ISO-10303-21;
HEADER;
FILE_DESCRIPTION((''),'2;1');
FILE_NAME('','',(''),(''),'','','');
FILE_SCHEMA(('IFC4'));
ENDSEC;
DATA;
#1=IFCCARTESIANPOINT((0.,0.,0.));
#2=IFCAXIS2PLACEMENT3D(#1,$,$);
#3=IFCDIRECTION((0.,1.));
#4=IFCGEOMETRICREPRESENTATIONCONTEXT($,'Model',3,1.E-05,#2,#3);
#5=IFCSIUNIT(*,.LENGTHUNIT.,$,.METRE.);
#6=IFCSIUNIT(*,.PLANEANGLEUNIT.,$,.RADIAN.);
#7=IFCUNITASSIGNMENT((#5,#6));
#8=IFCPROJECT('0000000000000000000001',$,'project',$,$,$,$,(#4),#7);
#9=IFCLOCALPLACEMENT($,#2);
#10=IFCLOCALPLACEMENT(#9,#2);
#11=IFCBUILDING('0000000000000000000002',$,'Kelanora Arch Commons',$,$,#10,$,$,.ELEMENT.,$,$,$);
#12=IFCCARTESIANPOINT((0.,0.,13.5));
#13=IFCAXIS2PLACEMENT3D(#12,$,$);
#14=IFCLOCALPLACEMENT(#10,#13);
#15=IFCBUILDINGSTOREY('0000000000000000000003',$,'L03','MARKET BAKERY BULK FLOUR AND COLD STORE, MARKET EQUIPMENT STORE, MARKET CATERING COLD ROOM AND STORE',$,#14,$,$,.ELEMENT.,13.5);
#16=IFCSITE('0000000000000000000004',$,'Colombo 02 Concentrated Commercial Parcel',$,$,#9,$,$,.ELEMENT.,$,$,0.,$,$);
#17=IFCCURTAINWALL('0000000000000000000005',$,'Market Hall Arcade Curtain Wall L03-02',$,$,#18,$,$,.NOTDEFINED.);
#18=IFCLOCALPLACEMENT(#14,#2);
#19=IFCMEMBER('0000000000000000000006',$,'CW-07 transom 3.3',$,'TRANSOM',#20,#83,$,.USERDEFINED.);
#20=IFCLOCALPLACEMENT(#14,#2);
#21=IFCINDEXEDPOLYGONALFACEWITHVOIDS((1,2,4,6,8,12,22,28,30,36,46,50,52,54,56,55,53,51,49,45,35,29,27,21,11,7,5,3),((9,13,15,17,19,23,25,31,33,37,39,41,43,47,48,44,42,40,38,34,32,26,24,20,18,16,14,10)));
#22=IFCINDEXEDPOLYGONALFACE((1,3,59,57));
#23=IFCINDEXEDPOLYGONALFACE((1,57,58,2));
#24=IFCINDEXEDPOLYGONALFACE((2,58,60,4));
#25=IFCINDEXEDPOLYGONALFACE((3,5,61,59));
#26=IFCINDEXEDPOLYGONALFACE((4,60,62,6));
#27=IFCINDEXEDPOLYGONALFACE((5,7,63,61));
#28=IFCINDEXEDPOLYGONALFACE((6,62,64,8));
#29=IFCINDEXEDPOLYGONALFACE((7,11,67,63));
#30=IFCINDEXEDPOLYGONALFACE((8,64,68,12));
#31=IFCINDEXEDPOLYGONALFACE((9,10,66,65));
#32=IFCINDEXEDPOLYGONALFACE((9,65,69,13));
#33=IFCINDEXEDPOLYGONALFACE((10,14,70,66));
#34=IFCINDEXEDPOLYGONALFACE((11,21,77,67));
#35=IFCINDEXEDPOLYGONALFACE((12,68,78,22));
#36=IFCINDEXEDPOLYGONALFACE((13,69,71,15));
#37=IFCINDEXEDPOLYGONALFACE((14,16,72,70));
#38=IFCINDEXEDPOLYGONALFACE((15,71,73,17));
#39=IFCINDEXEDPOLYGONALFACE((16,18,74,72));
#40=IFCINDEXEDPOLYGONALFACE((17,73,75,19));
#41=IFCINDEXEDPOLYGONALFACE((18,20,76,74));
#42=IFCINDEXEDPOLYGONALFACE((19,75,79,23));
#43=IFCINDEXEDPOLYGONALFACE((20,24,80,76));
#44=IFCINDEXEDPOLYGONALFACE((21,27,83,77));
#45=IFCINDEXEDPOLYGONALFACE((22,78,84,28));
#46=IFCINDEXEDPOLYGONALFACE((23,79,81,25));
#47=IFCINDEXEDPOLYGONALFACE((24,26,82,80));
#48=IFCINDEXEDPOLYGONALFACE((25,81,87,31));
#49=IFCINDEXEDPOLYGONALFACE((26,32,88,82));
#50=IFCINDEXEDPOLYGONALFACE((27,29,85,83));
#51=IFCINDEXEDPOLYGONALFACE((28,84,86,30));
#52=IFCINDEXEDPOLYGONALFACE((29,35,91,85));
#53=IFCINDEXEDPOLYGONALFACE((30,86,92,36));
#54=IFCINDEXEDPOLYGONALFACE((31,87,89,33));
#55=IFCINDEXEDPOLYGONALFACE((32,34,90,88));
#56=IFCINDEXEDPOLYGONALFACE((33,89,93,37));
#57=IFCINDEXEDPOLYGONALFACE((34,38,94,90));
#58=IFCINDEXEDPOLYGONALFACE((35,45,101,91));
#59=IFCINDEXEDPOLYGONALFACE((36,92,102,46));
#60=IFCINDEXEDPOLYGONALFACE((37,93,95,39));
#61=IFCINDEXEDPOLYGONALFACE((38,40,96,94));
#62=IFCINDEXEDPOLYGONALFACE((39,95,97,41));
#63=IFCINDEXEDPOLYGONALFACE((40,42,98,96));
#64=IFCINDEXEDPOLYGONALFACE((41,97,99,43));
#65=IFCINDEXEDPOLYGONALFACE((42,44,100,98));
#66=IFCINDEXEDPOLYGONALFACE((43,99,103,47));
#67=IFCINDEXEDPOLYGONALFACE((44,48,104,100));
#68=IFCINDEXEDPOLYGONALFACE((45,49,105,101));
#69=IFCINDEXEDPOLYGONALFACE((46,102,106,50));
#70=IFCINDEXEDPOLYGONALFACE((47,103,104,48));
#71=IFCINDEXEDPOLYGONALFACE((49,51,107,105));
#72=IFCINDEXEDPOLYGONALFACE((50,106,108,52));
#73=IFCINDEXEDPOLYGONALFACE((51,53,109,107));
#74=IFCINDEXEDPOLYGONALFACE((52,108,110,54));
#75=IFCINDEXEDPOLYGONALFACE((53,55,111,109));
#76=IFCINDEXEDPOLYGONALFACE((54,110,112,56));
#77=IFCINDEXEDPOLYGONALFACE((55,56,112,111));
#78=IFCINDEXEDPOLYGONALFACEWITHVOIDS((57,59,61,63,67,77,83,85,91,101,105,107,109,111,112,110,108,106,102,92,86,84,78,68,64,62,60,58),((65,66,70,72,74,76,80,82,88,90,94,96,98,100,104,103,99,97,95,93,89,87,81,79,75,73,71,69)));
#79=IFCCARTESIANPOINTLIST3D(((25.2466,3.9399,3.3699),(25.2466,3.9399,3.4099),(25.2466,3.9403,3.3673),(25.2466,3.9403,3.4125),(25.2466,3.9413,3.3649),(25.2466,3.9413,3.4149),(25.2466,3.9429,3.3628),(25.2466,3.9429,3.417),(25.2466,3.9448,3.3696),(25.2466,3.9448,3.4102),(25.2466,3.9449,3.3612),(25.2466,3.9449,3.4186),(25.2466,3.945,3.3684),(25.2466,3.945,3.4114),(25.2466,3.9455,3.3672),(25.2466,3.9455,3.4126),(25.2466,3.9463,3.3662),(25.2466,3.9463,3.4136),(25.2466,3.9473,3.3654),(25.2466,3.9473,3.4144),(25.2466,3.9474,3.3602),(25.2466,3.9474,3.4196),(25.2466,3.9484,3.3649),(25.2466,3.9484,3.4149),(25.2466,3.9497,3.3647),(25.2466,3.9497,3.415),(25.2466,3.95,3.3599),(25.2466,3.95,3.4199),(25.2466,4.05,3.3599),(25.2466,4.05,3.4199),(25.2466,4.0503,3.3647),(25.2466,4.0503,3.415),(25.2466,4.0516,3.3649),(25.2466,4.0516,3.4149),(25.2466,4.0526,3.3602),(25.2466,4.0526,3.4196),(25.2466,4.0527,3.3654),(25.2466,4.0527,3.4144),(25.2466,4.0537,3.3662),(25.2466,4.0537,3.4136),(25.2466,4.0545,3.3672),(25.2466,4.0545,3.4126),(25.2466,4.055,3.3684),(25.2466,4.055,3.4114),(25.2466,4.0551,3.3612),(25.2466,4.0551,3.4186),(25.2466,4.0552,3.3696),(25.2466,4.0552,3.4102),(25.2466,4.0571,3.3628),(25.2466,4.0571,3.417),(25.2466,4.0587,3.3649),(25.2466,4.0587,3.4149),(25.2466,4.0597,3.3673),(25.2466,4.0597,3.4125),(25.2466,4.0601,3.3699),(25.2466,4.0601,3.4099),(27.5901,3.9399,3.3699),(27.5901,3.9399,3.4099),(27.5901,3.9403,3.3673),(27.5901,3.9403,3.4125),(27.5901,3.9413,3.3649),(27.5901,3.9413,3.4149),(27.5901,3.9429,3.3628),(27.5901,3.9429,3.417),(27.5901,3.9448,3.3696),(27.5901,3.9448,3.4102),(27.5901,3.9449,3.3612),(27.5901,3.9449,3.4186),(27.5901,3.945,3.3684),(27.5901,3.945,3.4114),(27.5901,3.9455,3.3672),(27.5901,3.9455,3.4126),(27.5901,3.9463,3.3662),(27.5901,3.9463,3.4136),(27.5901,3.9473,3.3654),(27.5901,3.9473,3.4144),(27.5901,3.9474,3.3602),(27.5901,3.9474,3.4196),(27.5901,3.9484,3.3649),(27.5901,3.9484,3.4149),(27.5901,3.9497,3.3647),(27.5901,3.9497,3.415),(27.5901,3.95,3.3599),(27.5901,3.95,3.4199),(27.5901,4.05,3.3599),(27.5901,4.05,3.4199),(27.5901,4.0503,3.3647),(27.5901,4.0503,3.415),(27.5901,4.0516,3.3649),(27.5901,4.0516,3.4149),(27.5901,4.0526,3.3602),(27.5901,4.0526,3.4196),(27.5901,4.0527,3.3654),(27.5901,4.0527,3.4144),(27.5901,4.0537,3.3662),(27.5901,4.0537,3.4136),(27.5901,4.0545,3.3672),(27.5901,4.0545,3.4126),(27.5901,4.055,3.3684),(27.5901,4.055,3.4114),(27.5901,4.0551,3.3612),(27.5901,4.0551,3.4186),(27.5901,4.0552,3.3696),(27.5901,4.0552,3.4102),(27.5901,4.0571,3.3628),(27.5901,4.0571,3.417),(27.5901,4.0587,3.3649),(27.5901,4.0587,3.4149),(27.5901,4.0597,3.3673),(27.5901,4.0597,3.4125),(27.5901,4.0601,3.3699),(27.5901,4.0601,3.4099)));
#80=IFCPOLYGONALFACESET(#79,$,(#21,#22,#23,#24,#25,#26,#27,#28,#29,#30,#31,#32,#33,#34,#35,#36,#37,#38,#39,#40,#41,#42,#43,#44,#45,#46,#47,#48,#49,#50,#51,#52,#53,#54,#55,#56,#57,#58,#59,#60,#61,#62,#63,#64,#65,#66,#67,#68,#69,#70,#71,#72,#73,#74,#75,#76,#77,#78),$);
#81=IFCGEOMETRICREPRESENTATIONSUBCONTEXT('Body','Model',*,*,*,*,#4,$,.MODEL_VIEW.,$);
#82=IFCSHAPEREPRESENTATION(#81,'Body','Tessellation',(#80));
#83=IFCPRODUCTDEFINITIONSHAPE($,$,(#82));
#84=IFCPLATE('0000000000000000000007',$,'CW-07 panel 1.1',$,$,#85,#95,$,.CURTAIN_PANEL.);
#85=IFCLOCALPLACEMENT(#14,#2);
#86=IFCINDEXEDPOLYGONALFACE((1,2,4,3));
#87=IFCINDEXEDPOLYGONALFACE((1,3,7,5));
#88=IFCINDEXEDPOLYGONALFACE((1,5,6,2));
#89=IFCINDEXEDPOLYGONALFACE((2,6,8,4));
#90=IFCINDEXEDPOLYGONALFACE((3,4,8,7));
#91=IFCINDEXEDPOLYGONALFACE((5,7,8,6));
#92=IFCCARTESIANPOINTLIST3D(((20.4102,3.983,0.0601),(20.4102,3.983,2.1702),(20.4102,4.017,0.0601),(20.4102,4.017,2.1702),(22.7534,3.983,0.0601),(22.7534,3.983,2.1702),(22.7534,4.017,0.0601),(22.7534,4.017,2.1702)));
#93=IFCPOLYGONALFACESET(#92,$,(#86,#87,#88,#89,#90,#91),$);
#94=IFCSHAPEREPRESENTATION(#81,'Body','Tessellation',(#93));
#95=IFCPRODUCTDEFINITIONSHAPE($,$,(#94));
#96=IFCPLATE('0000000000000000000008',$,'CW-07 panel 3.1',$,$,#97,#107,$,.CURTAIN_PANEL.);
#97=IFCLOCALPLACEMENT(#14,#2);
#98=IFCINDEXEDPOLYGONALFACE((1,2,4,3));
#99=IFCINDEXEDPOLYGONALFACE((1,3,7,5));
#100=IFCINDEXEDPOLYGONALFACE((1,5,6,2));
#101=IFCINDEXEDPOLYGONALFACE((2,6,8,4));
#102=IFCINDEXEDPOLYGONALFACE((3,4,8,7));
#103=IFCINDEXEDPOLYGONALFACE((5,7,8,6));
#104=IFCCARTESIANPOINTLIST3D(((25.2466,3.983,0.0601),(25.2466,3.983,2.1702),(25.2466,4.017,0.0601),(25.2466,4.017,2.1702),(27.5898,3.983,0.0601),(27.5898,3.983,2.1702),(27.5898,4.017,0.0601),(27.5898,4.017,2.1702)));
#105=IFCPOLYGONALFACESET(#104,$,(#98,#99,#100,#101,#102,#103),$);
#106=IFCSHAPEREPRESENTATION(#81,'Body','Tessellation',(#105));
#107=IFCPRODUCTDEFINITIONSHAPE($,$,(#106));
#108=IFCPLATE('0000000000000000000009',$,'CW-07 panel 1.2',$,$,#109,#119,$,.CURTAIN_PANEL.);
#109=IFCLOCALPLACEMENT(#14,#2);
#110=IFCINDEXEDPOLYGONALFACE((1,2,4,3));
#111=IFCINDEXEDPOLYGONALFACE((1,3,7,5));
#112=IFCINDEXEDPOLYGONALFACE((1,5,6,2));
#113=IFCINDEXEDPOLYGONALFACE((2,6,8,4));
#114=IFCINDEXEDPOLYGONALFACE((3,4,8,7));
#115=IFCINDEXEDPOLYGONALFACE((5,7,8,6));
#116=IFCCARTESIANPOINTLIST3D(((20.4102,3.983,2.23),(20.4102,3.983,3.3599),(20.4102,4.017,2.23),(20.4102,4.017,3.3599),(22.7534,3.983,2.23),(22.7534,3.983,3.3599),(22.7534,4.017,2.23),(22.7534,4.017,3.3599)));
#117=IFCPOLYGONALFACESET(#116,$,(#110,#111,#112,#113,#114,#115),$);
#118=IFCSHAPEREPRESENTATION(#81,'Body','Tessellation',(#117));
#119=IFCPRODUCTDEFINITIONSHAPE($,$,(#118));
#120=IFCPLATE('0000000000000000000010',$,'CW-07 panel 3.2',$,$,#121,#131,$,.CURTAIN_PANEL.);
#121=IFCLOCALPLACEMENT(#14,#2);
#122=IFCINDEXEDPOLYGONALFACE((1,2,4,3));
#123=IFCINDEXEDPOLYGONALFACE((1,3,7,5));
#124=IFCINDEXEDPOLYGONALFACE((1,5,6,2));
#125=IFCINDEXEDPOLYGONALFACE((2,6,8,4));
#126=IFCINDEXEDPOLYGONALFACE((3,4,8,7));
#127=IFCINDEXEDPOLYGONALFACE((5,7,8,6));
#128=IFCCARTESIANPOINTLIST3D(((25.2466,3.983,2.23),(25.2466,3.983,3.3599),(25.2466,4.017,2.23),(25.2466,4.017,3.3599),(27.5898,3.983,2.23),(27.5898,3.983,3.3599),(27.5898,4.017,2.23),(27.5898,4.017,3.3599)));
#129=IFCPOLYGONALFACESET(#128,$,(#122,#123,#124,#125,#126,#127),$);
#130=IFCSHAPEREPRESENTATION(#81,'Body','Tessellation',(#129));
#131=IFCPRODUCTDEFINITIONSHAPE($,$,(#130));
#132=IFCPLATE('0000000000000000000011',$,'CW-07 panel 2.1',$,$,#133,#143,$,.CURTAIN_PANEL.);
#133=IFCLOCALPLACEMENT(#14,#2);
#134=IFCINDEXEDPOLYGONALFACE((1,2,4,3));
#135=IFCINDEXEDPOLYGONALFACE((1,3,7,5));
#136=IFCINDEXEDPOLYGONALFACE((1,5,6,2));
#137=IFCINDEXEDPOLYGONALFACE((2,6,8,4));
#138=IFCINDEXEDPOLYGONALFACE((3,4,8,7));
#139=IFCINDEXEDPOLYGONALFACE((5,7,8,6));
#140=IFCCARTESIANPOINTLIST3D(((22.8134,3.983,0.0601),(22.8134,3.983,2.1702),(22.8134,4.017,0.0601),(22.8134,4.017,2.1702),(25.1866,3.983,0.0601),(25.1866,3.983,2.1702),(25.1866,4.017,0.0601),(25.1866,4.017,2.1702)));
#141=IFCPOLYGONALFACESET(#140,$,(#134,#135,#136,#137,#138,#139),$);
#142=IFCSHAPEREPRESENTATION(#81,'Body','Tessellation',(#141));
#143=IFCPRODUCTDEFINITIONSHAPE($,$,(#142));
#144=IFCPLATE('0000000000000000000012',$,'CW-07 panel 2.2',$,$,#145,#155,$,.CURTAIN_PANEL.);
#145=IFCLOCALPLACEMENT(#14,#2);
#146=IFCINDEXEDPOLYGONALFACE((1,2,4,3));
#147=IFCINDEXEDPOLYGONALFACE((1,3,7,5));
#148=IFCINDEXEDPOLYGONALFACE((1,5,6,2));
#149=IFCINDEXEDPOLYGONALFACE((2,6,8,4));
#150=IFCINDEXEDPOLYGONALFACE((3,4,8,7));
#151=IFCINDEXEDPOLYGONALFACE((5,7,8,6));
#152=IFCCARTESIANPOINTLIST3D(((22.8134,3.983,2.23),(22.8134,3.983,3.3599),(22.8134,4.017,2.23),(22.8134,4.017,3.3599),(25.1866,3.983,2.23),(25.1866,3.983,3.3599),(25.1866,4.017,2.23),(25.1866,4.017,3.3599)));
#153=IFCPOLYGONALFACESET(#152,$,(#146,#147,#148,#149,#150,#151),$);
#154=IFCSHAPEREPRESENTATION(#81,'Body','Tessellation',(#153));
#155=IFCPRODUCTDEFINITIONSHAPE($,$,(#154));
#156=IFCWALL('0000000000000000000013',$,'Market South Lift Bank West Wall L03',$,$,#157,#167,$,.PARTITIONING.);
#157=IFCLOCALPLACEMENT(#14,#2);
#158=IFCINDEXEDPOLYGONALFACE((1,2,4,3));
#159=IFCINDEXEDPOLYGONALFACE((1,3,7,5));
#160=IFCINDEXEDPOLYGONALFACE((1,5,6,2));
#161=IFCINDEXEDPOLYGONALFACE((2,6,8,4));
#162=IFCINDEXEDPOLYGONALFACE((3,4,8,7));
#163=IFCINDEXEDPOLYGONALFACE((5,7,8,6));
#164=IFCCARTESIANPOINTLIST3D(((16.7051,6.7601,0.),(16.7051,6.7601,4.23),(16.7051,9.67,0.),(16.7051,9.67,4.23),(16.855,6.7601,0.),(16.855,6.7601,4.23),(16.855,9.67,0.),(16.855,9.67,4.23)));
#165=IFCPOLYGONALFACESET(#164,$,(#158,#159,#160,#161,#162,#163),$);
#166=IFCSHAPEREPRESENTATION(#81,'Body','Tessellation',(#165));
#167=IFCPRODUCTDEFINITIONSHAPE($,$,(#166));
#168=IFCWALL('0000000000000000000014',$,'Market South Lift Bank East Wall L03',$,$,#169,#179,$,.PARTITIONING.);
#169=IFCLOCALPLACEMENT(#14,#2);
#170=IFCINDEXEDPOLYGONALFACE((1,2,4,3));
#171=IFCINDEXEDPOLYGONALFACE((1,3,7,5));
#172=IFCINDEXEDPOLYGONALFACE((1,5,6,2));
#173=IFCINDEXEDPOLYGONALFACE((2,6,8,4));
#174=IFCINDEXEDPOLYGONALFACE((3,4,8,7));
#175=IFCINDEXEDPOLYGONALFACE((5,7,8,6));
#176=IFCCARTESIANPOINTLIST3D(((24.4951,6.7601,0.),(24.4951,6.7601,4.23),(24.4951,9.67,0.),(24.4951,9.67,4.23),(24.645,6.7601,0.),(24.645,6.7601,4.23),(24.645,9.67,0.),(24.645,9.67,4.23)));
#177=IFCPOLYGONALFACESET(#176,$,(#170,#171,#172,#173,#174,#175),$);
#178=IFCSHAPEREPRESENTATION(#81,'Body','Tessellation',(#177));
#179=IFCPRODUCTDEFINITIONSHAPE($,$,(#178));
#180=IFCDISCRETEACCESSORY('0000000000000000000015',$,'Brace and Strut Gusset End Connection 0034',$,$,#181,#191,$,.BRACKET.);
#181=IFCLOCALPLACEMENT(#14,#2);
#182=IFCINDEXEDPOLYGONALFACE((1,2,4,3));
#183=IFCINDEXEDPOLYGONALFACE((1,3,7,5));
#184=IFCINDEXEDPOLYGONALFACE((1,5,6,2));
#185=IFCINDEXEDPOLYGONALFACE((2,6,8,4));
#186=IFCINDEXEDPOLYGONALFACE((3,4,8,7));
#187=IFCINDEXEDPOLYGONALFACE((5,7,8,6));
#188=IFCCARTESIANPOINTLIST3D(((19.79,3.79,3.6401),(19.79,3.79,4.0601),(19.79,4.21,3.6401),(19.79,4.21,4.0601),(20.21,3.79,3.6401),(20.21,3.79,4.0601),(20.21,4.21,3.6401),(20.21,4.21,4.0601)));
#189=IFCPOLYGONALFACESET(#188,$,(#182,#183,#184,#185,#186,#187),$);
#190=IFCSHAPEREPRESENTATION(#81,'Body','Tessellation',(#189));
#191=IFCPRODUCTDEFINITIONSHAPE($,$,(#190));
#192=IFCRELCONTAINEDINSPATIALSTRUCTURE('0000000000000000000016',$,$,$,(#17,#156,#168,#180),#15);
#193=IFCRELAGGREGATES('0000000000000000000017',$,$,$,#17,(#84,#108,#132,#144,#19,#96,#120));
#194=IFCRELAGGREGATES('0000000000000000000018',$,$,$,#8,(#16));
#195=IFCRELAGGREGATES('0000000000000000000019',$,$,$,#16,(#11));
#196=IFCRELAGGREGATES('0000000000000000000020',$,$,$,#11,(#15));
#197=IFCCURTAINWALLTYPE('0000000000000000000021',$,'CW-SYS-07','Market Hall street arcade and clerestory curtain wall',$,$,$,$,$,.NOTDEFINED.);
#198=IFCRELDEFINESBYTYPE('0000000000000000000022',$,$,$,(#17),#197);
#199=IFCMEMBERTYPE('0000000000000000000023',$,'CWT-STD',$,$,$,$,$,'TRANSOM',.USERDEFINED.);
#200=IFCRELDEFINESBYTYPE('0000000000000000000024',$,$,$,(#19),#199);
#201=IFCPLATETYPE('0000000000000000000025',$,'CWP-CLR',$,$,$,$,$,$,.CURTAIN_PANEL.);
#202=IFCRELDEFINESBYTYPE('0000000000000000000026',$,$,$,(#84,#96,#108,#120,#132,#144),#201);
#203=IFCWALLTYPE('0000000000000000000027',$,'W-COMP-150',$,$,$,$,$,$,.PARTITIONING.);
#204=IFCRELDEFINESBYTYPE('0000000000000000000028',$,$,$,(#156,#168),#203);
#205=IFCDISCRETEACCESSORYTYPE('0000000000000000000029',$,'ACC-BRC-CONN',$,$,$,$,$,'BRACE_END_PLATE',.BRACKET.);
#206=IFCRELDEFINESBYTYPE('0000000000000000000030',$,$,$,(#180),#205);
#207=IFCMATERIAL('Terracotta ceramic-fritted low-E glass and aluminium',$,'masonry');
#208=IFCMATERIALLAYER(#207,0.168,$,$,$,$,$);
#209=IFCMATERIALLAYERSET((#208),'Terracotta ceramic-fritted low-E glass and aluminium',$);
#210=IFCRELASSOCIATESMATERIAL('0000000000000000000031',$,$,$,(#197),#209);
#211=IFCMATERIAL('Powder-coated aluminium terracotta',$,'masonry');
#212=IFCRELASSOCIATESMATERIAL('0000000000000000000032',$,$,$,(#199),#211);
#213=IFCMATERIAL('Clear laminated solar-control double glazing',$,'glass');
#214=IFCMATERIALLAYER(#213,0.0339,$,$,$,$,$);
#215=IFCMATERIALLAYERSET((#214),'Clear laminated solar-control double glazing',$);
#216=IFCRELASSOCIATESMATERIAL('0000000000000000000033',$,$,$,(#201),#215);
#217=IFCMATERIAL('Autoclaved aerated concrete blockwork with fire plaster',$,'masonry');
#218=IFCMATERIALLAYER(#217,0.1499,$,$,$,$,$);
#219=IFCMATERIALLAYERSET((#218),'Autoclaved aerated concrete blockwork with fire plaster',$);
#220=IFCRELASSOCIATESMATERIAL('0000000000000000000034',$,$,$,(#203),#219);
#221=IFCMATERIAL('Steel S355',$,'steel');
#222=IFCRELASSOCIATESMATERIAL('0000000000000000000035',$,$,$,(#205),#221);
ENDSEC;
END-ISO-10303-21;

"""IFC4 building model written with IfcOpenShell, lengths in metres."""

from ifc_helpers import new_model, si_unit, direction, frame, frame_2d, origin, origin_2d, place, context, subcontext, project, spatial, rectangle, hollow_rectangle, extrude, source, transform, mapped, material, layer, layer_set, material_profile, profile_set, type_object, element, aggregate, save


model = new_model("IFC4")

# Units and contexts
model_context = context("Model", 3, precision=1e-05, world=origin(), true_north=direction((0.0, 1.0)))
body_context = subcontext(model_context, "Body", "Model", "MODEL_VIEW")
ifc_project = project(units=[si_unit("LENGTHUNIT", "METRE"), si_unit("PLANEANGLEUNIT", "RADIAN")], contexts=[model_context])

# Site, building, storey
site_placement = place(None, origin())
site = spatial("IfcSite", under=ifc_project, at=site_placement, Name="Colombo 02 Concentrated Commercial Parcel", CompositionType="ELEMENT", RefElevation=0.0)
building_placement = place(site_placement, origin())
building = spatial("IfcBuilding", under=site, at=building_placement, Name="Kelanora Arch Commons", CompositionType="ELEMENT")
storey_placement = place(building_placement, frame((0.0, 0.0, 13.5)))
storey = spatial("IfcBuildingStorey", under=building, at=storey_placement, Name="L03", Description="MARKET BAKERY BULK FLOUR AND COLD STORE, MARKET EQUIPMENT STORE, MARKET CATERING COLD ROOM AND STORE", CompositionType="ELEMENT", Elevation=13.5)

# Curtain wall, member, plates
ifc_material_1 = material(Name="Terracotta ceramic-fritted low-E glass and aluminium", Category="masonry")
ifc_layer_1 = layer(ifc_material_1, 0.168)
ifc_layer_set_1 = layer_set([ifc_layer_1], Name="Terracotta ceramic-fritted low-E glass and aluminium")
curtain_wall_type = type_object("IfcCurtainWallType", Name="CW-SYS-07", Description="Market Hall street arcade and clerestory curtain wall", PredefinedType="NOTDEFINED", material=ifc_layer_set_1)
curtain_wall_placement = place(storey_placement, origin())
curtain_wall = element("IfcCurtainWall", 1, at=curtain_wall_placement, inside=storey, type_object=curtain_wall_type, Name="Market Hall Arcade Curtain Wall L03-02", PredefinedType="NOTDEFINED")
ifc_material_2 = material(Name="Powder-coated aluminium terracotta", Category="masonry")
ifc_material_profile_1 = material_profile(ifc_material_2, hollow_rectangle(XDim=0.1201, YDim=0.0601, WallThickness=0.0049, InnerFilletRadius=0.0049, OuterFilletRadius=0.01, at=origin_2d()), Name="CWT120x60")
ifc_profile_set_1 = profile_set([ifc_material_profile_1], Name="Powder-coated aluminium terracotta")
member_type_1 = type_object("IfcMemberType", Name="CWT-STD", ElementType="TRANSOM", PredefinedType="USERDEFINED", material=ifc_profile_set_1)
member_1_placement = place(storey_placement, frame((25.2466, 4.0, 3.3899), z_axis=(1.0, 0.0, 0.0), x_axis=(0.0, 1.0, 0.0)))
member_1 = element("IfcMember", 2, at=member_1_placement, type_object=member_type_1, Name="CW-07 transom 3.3", ObjectType="TRANSOM", PredefinedType="USERDEFINED", context=body_context, shape_type="SweptSolid", body=[
    extrude(hollow_rectangle(XDim=0.1201, YDim=0.0601, WallThickness=0.0049, InnerFilletRadius=0.0049, OuterFilletRadius=0.01, at=origin_2d()), origin(), (0.0, 0.0, 1.0), 2.3435),
])
ifc_material_3 = material(Name="Clear laminated solar-control double glazing", Category="glass")
ifc_layer_2 = layer(ifc_material_3, 0.0339)
ifc_layer_set_2 = layer_set([ifc_layer_2], Name="Clear laminated solar-control double glazing")
plate_type = type_object("IfcPlateType", Name="CWP-CLR", PredefinedType="CURTAIN_PANEL", material=ifc_layer_set_2)
shared_shape_1 = source(origin(), body_context, "Body", "SweptSolid", [
    extrude(rectangle(XDim=2.3433, YDim=0.0339, at=origin_2d()), origin(), (0.0, 0.0, 1.0), 2.1101),
])
plate_1_placement = place(storey_placement, frame((21.5818, 4.0, 0.0601), z_axis=(0.0, 0.0, 1.0), x_axis=(1.0, 0.0, 0.0)))
plate_1 = element("IfcPlate", 3, at=plate_1_placement, type_object=plate_type, Name="CW-07 panel 1.1", PredefinedType="CURTAIN_PANEL", context=body_context, shape_type="MappedRepresentation", body=[
    mapped(shared_shape_1, transform((0.0, 0.0, 0.0), scale=1.0)),
])
plate_2_placement = place(storey_placement, frame((26.4182, 4.0, 0.0601), z_axis=(0.0, 0.0, 1.0), x_axis=(1.0, 0.0, 0.0)))
plate_2 = element("IfcPlate", 4, at=plate_2_placement, type_object=plate_type, Name="CW-07 panel 3.1", PredefinedType="CURTAIN_PANEL", context=body_context, shape_type="MappedRepresentation", body=[
    mapped(shared_shape_1, transform((0.0, 0.0, 0.0), scale=1.0)),
])
shared_shape_2 = source(origin(), body_context, "Body", "SweptSolid", [
    extrude(rectangle(XDim=2.3433, YDim=0.0339, at=origin_2d()), origin(), (0.0, 0.0, 1.0), 1.1299),
])
plate_3_placement = place(storey_placement, frame((21.5818, 4.0, 2.23), z_axis=(0.0, 0.0, 1.0), x_axis=(1.0, 0.0, 0.0)))
plate_3 = element("IfcPlate", 5, at=plate_3_placement, type_object=plate_type, Name="CW-07 panel 1.2", PredefinedType="CURTAIN_PANEL", context=body_context, shape_type="MappedRepresentation", body=[
    mapped(shared_shape_2, transform((0.0, 0.0, 0.0), scale=1.0)),
])
plate_4_placement = place(storey_placement, frame((26.4182, 4.0, 2.23), z_axis=(0.0, 0.0, 1.0), x_axis=(1.0, 0.0, 0.0)))
plate_4 = element("IfcPlate", 6, at=plate_4_placement, type_object=plate_type, Name="CW-07 panel 3.2", PredefinedType="CURTAIN_PANEL", context=body_context, shape_type="MappedRepresentation", body=[
    mapped(shared_shape_2, transform((0.0, 0.0, 0.0), scale=1.0)),
])
shared_shape_3 = source(origin(), body_context, "Body", "SweptSolid", [
    extrude(rectangle(XDim=2.3733, YDim=0.0339, at=origin_2d()), origin(), (0.0, 0.0, 1.0), 2.1101),
])
plate_5_placement = place(storey_placement, frame((24.0, 4.0, 0.0601), z_axis=(0.0, 0.0, 1.0), x_axis=(1.0, 0.0, 0.0)))
plate_5 = element("IfcPlate", 7, at=plate_5_placement, type_object=plate_type, Name="CW-07 panel 2.1", PredefinedType="CURTAIN_PANEL", context=body_context, shape_type="MappedRepresentation", body=[
    mapped(shared_shape_3, transform((0.0, 0.0, 0.0), scale=1.0)),
])
shared_shape_4 = source(origin(), body_context, "Body", "SweptSolid", [
    extrude(rectangle(XDim=2.3733, YDim=0.0339, at=origin_2d()), origin(), (0.0, 0.0, 1.0), 1.1299),
])
plate_6_placement = place(storey_placement, frame((24.0, 4.0, 2.23), z_axis=(0.0, 0.0, 1.0), x_axis=(1.0, 0.0, 0.0)))
plate_6 = element("IfcPlate", 8, at=plate_6_placement, type_object=plate_type, Name="CW-07 panel 2.2", PredefinedType="CURTAIN_PANEL", context=body_context, shape_type="MappedRepresentation", body=[
    mapped(shared_shape_4, transform((0.0, 0.0, 0.0), scale=1.0)),
])
aggregate(curtain_wall, [plate_1, plate_3, plate_5, plate_6, member_1, plate_2, plate_4])

# Walls
ifc_material_4 = material(Name="Autoclaved aerated concrete blockwork with fire plaster", Category="masonry")
ifc_layer_3 = layer(ifc_material_4, 0.1499)
ifc_layer_set_3 = layer_set([ifc_layer_3], Name="Autoclaved aerated concrete blockwork with fire plaster")
wall_type = type_object("IfcWallType", Name="W-COMP-150", PredefinedType="PARTITIONING", material=ifc_layer_set_3)
for number, where, z_axis, x_axis, name in (
    (9, (16.78, 6.76, 0.0), (0.0, 0.0, 1.0), (0.0, 1.0, 0.0), "Market South Lift Bank West Wall L03"),
    (10, (24.5701, 6.76, 0.0), (0.0, 0.0, 1.0), (0.0, 1.0, 0.0), "Market South Lift Bank East Wall L03"),
):
    element("IfcWall", number, at=place(storey_placement, frame(where, z_axis=z_axis, x_axis=x_axis)), inside=storey, type_object=wall_type, Name=name, PredefinedType="PARTITIONING", context=body_context, shape_type="SweptSolid", body=[
        extrude(rectangle(XDim=2.9099, YDim=0.1499, at=frame_2d((1.4551, 0.0))), origin(), (0.0, 0.0, 1.0), 4.23),
    ])

# Discrete accessory
ifc_material_5 = material(Name="Steel S355", Category="steel")
discrete_accessory_type = type_object("IfcDiscreteAccessoryType", Name="ACC-BRC-CONN", ElementType="BRACE_END_PLATE", PredefinedType="BRACKET", material=ifc_material_5)
shared_shape_5 = source(origin(), body_context, "Body", "SweptSolid", [
    extrude(rectangle(XDim=0.4199, YDim=0.4199, at=origin_2d()), origin(), (0.0, 0.0, 1.0), 0.4199),
])
discrete_accessory_placement = place(storey_placement, frame((20.0, 4.0, 3.6401), z_axis=(0.0, 0.0, 1.0), x_axis=(1.0, 0.0, 0.0)))
element("IfcDiscreteAccessory", 11, at=discrete_accessory_placement, inside=storey, type_object=discrete_accessory_type, Name="Brace and Strut Gusset End Connection 0034", PredefinedType="BRACKET", context=body_context, shape_type="MappedRepresentation", body=[
    mapped(shared_shape_5, transform((0.0, 0.0, 0.0), scale=1.0)),
])

save(model, "model.ifc")
